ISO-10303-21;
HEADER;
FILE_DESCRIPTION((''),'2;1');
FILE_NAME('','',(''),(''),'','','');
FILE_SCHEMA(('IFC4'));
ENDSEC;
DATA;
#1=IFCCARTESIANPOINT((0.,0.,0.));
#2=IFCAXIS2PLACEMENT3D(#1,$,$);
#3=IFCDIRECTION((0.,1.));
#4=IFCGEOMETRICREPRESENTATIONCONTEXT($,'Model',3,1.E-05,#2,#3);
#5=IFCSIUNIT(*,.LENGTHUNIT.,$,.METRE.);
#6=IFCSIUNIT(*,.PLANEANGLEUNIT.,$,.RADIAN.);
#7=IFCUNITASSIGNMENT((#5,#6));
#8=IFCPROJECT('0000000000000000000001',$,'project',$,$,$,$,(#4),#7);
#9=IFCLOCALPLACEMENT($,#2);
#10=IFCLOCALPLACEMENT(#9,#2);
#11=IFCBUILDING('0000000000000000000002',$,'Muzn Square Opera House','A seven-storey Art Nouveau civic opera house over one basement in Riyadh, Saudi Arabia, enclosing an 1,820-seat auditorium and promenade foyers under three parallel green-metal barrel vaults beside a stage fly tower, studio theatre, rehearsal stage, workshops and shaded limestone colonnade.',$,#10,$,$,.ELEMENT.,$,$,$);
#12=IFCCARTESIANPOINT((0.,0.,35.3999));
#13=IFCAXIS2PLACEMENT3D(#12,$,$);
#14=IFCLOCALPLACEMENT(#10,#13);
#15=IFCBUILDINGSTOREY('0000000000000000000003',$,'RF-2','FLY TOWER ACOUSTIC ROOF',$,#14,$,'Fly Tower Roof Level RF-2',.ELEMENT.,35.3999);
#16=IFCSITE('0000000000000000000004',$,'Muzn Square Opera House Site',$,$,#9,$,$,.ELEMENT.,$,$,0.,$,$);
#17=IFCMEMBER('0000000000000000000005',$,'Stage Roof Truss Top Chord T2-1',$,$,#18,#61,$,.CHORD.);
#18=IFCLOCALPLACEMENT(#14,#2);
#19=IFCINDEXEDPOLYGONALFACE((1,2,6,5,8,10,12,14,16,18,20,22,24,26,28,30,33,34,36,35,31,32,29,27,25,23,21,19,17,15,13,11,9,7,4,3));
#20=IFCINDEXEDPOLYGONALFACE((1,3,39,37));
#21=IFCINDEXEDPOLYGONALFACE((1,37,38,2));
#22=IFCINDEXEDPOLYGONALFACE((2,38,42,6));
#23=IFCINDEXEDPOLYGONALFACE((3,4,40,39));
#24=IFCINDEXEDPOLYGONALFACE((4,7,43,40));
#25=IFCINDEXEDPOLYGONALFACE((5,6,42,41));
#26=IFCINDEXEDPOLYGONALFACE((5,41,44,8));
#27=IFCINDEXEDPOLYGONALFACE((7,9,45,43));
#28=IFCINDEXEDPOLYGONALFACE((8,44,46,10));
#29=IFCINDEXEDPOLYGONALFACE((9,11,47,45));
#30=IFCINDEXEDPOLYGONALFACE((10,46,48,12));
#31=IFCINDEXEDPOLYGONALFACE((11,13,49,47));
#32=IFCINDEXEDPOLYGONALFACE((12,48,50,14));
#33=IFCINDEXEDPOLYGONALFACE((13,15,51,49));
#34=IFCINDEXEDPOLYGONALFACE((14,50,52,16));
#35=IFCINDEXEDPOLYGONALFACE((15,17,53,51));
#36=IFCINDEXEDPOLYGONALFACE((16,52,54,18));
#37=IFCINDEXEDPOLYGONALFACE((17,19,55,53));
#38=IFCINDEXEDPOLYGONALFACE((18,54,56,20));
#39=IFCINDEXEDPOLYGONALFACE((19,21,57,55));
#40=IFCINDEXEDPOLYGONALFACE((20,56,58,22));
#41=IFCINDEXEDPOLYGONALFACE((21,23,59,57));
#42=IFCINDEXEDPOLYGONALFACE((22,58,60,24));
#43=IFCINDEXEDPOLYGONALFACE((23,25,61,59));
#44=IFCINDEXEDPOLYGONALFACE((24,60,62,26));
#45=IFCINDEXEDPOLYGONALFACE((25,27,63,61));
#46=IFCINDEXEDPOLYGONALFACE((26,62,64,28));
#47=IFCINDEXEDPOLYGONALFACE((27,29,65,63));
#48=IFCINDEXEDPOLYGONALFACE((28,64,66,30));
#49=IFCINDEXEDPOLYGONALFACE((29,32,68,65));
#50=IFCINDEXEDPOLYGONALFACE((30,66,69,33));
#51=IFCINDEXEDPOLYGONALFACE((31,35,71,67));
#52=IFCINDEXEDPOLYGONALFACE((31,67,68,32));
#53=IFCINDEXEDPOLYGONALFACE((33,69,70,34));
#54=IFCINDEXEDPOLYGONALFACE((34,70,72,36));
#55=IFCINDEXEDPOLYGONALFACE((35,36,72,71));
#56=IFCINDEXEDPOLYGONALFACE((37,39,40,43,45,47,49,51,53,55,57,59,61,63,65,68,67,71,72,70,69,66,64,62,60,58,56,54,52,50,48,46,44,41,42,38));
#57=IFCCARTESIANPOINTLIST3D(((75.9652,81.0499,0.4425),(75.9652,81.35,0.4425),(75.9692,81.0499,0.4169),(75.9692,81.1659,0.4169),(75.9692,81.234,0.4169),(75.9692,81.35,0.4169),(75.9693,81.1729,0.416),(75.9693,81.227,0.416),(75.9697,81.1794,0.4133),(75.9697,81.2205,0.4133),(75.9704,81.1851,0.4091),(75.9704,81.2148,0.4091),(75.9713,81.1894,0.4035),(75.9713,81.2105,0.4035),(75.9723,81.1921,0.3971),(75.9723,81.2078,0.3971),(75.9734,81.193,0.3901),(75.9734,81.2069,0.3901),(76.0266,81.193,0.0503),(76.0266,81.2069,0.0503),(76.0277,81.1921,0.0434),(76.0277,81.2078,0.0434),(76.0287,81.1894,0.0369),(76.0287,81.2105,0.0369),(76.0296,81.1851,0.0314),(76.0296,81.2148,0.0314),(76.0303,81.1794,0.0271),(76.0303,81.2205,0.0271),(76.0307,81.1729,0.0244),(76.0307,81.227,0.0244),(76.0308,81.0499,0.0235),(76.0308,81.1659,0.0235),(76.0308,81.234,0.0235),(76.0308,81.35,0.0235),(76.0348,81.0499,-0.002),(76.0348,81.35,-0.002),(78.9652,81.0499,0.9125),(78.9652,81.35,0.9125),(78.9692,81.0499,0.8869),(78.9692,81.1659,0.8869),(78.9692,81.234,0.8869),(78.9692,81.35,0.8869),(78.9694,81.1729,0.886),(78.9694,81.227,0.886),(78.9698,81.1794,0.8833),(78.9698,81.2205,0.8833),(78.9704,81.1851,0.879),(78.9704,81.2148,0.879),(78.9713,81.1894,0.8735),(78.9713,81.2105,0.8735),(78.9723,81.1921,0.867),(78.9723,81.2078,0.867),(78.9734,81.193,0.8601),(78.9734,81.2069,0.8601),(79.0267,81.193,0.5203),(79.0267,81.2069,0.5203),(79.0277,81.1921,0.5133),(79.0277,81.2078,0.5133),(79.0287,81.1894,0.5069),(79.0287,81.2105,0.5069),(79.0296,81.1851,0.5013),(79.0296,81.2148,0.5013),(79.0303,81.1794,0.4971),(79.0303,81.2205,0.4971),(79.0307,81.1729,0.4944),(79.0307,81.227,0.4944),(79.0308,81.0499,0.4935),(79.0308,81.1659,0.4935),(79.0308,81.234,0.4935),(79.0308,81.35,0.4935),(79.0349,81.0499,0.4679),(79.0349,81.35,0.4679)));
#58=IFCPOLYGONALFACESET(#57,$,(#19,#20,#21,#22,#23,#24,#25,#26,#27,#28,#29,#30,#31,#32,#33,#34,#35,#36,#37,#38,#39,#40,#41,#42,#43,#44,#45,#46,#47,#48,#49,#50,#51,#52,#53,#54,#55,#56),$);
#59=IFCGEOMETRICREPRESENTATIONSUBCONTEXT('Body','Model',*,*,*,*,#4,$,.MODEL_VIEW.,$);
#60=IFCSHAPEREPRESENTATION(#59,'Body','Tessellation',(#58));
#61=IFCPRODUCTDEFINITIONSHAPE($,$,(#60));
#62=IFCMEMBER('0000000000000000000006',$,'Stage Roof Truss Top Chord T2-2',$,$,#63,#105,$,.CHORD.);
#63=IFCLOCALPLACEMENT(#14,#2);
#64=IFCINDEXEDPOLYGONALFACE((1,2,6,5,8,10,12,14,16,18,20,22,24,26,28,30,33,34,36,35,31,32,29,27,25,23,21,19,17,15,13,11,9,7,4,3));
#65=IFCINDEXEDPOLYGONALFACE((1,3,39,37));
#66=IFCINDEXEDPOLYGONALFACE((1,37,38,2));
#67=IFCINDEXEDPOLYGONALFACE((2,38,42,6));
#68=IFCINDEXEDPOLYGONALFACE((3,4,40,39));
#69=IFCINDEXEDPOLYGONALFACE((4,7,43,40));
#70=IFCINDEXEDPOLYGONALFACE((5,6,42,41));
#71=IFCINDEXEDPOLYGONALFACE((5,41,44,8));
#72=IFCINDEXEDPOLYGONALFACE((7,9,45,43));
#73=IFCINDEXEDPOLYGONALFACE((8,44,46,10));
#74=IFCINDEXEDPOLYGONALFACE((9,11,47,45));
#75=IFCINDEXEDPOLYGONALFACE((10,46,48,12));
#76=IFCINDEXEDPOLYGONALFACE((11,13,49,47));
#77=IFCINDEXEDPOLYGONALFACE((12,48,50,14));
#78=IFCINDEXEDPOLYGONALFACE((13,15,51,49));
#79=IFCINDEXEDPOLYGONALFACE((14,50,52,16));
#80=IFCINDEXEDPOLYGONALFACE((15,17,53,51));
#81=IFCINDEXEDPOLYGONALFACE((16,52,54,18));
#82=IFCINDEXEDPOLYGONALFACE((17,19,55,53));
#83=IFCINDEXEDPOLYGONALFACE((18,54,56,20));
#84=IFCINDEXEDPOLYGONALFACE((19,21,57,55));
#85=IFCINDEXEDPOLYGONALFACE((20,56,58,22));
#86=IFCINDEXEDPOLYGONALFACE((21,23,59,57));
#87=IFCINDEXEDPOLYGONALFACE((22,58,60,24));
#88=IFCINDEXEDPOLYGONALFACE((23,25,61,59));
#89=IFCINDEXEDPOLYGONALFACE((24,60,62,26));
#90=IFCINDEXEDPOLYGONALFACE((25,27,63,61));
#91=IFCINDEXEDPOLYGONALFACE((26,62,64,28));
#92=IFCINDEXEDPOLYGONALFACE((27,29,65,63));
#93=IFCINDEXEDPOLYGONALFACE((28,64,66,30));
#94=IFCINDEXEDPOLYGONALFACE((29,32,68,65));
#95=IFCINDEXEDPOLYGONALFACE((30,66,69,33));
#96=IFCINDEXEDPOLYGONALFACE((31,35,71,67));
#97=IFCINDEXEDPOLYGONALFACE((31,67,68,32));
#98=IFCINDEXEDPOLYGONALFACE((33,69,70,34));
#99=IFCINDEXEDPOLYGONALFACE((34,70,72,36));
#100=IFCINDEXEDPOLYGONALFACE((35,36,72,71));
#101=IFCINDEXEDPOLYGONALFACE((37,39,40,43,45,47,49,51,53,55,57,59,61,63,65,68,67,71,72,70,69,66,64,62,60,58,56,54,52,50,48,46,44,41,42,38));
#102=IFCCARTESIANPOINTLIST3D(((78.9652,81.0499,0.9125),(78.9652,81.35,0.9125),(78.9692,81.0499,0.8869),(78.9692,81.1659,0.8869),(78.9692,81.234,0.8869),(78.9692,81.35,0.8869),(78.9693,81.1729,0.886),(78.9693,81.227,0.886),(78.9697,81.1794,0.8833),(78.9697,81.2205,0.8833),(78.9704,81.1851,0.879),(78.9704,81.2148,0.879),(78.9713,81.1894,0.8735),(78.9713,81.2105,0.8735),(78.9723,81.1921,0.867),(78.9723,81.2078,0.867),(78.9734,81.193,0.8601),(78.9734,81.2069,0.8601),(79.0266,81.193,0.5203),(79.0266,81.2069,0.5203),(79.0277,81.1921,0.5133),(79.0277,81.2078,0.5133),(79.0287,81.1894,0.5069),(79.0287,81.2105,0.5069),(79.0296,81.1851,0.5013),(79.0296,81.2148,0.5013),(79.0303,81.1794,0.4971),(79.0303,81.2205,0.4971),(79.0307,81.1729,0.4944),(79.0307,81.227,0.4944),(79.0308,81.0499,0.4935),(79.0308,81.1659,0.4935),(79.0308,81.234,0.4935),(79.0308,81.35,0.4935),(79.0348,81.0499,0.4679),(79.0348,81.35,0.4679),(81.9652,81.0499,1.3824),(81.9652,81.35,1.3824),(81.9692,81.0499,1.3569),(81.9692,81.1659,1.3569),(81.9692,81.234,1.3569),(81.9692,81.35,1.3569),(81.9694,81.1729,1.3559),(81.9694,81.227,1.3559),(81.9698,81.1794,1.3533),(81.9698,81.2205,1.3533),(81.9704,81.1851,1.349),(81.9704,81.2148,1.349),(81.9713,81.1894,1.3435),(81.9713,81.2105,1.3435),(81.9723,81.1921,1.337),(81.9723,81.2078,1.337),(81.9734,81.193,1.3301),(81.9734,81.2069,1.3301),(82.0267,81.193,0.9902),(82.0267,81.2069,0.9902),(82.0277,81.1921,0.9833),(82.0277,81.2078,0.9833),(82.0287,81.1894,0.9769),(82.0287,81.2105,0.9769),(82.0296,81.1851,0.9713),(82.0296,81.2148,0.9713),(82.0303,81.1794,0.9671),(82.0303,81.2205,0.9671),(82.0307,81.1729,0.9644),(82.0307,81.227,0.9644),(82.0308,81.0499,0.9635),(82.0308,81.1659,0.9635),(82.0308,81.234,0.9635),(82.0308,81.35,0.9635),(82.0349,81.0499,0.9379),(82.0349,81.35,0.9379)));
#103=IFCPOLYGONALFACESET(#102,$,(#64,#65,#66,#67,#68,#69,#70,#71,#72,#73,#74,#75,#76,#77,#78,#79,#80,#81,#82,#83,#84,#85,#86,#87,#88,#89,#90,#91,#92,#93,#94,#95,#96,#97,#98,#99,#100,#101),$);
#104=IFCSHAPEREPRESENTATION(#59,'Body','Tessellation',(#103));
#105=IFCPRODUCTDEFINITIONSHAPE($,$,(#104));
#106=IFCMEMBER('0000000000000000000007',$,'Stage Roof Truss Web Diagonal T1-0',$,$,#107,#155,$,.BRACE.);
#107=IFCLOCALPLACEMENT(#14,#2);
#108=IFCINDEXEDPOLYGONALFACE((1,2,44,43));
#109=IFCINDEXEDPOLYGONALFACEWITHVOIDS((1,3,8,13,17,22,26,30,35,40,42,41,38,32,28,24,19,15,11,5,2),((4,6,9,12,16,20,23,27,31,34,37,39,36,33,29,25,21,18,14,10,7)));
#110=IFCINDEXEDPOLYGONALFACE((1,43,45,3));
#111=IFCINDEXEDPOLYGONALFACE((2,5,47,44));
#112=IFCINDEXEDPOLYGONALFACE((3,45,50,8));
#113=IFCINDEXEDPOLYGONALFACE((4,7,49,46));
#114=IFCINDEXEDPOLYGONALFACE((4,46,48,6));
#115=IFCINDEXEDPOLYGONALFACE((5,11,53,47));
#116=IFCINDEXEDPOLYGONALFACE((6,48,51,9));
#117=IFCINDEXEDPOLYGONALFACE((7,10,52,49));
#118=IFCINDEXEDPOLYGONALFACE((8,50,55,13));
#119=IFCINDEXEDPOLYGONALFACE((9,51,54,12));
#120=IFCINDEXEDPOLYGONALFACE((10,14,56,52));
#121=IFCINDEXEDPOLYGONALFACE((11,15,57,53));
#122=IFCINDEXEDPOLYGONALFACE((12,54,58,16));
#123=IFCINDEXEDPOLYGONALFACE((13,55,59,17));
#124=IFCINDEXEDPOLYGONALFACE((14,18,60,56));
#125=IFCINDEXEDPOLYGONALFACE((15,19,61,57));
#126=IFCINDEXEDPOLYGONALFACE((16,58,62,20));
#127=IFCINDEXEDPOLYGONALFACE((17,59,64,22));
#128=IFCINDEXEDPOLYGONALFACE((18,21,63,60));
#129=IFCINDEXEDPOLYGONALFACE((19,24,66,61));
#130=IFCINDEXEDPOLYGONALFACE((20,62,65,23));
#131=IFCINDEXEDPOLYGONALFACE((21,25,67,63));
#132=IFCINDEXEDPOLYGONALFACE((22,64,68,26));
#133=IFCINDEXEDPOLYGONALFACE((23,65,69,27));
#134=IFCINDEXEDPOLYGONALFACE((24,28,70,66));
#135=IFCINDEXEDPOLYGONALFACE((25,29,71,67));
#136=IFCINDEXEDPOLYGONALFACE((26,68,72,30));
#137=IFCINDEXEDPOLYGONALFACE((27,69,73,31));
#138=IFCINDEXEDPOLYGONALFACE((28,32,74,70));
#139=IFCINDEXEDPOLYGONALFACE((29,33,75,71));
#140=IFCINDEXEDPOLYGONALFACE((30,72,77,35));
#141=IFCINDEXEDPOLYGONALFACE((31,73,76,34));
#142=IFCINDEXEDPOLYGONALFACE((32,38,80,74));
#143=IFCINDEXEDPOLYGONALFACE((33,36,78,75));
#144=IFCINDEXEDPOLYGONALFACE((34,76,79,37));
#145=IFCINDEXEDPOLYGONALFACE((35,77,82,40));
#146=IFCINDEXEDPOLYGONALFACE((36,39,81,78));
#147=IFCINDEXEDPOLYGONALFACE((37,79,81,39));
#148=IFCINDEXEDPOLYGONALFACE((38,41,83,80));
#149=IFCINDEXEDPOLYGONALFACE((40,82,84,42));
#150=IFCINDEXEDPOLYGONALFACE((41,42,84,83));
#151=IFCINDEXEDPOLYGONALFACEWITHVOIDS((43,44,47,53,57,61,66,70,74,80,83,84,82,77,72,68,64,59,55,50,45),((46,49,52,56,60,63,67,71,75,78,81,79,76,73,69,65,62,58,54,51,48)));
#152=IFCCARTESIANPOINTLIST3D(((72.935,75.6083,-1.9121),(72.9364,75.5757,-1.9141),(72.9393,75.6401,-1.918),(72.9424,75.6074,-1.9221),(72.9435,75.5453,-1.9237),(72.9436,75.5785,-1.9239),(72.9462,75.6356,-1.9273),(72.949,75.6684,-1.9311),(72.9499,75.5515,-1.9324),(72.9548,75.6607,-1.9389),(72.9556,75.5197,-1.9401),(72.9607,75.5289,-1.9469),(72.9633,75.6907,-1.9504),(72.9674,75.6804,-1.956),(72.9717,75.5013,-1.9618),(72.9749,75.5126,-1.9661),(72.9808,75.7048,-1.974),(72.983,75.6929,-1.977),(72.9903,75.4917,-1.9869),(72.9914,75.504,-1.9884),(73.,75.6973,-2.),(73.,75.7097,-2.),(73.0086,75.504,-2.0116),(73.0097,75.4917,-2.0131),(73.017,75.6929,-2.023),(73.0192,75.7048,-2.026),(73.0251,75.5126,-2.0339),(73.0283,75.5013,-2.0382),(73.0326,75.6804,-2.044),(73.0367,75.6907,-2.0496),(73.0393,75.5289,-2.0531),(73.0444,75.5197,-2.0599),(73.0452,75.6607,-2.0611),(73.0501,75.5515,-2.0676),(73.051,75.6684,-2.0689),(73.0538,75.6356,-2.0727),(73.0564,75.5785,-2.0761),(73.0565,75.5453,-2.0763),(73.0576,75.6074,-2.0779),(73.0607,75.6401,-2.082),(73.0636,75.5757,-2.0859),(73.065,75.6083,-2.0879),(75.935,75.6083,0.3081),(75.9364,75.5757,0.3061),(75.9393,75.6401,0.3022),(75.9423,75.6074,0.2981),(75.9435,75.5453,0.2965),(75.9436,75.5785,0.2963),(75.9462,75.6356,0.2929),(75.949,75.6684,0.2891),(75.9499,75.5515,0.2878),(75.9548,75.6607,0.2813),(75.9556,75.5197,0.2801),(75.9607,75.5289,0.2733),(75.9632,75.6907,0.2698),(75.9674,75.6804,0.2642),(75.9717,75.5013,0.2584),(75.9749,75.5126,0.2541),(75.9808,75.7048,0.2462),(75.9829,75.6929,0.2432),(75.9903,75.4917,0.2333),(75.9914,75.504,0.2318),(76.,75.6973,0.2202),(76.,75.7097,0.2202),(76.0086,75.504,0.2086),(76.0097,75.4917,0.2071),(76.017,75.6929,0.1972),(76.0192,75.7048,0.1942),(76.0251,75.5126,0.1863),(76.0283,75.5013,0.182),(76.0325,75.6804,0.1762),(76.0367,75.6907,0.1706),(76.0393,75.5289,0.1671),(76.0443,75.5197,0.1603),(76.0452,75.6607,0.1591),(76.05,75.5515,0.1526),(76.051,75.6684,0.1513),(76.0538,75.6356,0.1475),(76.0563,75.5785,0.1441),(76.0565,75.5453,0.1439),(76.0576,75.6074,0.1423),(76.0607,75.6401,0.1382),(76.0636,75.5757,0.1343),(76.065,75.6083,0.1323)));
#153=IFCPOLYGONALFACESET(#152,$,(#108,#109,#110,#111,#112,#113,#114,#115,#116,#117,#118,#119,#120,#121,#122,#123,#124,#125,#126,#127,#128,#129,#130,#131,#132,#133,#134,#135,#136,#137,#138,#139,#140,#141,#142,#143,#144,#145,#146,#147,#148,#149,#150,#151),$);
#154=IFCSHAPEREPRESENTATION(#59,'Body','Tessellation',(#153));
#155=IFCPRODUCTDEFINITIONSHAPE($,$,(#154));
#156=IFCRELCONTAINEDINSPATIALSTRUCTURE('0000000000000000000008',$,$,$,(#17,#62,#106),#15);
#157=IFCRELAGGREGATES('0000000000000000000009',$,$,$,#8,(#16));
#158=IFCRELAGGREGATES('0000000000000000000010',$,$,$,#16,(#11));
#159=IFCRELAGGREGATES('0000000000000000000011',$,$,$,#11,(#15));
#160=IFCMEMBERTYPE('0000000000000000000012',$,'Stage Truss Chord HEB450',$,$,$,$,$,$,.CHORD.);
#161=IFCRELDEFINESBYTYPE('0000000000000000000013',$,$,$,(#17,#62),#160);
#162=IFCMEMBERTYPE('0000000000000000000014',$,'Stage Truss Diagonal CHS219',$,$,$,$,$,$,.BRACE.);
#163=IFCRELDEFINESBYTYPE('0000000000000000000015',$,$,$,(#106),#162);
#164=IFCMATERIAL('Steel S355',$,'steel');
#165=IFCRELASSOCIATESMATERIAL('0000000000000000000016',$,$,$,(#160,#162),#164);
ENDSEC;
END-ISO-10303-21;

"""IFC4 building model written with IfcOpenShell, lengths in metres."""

from ifc_helpers import new_model, si_unit, direction, frame, origin, origin_2d, place, context, subcontext, project, spatial, hollow_circle, i_section, extrude, material, material_profile, profile_set, type_object, element, save


model = new_model("IFC4")

# Units and contexts
model_context = context("Model", 3, precision=1e-05, world=origin(), true_north=direction((0.0, 1.0)))
body_context = subcontext(model_context, "Body", "Model", "MODEL_VIEW")
ifc_project = project(units=[si_unit("LENGTHUNIT", "METRE"), si_unit("PLANEANGLEUNIT", "RADIAN")], contexts=[model_context])

# Site, building, storey
site_placement = place(None, origin())
site = spatial("IfcSite", under=ifc_project, at=site_placement, Name="Muzn Square Opera House Site", CompositionType="ELEMENT", RefElevation=0.0)
building_placement = place(site_placement, origin())
building = spatial("IfcBuilding", under=site, at=building_placement, Name="Muzn Square Opera House", Description="A seven-storey Art Nouveau civic opera house over one basement in Riyadh, Saudi Arabia, enclosing an 1,820-seat auditorium and promenade foyers under three parallel green-metal barrel vaults beside a stage fly tower, studio theatre, rehearsal stage, workshops and shaded limestone colonnade.", CompositionType="ELEMENT")
storey_placement = place(building_placement, frame((0.0, 0.0, 35.3999)))
storey = spatial("IfcBuildingStorey", under=building, at=storey_placement, Name="RF-2", Description="FLY TOWER ACOUSTIC ROOF", LongName="Fly Tower Roof Level RF-2", CompositionType="ELEMENT", Elevation=35.3999)

# Members
ifc_material = material(Name="Steel S355", Category="steel")
ifc_material_profile_1 = material_profile(ifc_material, i_section(OverallWidth=0.3, OverallDepth=0.45, WebThickness=0.0139, FlangeThickness=0.0259, FilletRadius=0.0271, at=origin_2d()), Name="HEB 450", Category="steel")
ifc_profile_set_1 = profile_set([ifc_material_profile_1], Name="Steel S355")
member_type_1 = type_object("IfcMemberType", Name="Stage Truss Chord HEB450", PredefinedType="CHORD", material=ifc_profile_set_1)
for number, where, z_axis, x_axis, name in (
    (1, (76.0, 81.2, 0.2202), (0.987951, 0.0, 0.154769), (0.0, 1.0, 0.0), "Stage Roof Truss Top Chord T2-1"),
    (2, (79.0, 81.2, 0.6902), (0.987951, 0.0, 0.154769), (0.0, 1.0, 0.0), "Stage Roof Truss Top Chord T2-2"),
):
    element("IfcMember", number, at=place(storey_placement, frame(where, z_axis=z_axis, x_axis=x_axis)), inside=storey, type_object=member_type_1, Name=name, PredefinedType="CHORD", context=body_context, shape_type="SweptSolid", body=[
        extrude(i_section(OverallWidth=0.3, OverallDepth=0.45, WebThickness=0.0139, FlangeThickness=0.0259, FilletRadius=0.0271, at=origin_2d()), origin(), (0.0, 0.0, 1.0), 3.0366),
    ])
ifc_material_profile_2 = material_profile(ifc_material, hollow_circle(Radius=0.1096, WallThickness=0.0125, at=origin_2d()), Name="CHS 219.1x12.5", Category="steel")
ifc_profile_set_2 = profile_set([ifc_material_profile_2], Name="Steel S355")
member_type_2 = type_object("IfcMemberType", Name="Stage Truss Diagonal CHS219", PredefinedType="BRACE", material=ifc_profile_set_2)
member_1_placement = place(storey_placement, frame((73.0, 75.6001, -2.0), z_axis=(0.803814, 0.0, 0.59488), x_axis=(0.0, 1.0, 0.0)))
element("IfcMember", 3, at=member_1_placement, inside=storey, type_object=member_type_2, Name="Stage Roof Truss Web Diagonal T1-0", PredefinedType="BRACE", context=body_context, shape_type="SweptSolid", body=[
    extrude(hollow_circle(Radius=0.1096, WallThickness=0.0125, at=origin_2d()), origin(), (0.0, 0.0, 1.0), 3.7322),
])

save(model, "model.ifc")
